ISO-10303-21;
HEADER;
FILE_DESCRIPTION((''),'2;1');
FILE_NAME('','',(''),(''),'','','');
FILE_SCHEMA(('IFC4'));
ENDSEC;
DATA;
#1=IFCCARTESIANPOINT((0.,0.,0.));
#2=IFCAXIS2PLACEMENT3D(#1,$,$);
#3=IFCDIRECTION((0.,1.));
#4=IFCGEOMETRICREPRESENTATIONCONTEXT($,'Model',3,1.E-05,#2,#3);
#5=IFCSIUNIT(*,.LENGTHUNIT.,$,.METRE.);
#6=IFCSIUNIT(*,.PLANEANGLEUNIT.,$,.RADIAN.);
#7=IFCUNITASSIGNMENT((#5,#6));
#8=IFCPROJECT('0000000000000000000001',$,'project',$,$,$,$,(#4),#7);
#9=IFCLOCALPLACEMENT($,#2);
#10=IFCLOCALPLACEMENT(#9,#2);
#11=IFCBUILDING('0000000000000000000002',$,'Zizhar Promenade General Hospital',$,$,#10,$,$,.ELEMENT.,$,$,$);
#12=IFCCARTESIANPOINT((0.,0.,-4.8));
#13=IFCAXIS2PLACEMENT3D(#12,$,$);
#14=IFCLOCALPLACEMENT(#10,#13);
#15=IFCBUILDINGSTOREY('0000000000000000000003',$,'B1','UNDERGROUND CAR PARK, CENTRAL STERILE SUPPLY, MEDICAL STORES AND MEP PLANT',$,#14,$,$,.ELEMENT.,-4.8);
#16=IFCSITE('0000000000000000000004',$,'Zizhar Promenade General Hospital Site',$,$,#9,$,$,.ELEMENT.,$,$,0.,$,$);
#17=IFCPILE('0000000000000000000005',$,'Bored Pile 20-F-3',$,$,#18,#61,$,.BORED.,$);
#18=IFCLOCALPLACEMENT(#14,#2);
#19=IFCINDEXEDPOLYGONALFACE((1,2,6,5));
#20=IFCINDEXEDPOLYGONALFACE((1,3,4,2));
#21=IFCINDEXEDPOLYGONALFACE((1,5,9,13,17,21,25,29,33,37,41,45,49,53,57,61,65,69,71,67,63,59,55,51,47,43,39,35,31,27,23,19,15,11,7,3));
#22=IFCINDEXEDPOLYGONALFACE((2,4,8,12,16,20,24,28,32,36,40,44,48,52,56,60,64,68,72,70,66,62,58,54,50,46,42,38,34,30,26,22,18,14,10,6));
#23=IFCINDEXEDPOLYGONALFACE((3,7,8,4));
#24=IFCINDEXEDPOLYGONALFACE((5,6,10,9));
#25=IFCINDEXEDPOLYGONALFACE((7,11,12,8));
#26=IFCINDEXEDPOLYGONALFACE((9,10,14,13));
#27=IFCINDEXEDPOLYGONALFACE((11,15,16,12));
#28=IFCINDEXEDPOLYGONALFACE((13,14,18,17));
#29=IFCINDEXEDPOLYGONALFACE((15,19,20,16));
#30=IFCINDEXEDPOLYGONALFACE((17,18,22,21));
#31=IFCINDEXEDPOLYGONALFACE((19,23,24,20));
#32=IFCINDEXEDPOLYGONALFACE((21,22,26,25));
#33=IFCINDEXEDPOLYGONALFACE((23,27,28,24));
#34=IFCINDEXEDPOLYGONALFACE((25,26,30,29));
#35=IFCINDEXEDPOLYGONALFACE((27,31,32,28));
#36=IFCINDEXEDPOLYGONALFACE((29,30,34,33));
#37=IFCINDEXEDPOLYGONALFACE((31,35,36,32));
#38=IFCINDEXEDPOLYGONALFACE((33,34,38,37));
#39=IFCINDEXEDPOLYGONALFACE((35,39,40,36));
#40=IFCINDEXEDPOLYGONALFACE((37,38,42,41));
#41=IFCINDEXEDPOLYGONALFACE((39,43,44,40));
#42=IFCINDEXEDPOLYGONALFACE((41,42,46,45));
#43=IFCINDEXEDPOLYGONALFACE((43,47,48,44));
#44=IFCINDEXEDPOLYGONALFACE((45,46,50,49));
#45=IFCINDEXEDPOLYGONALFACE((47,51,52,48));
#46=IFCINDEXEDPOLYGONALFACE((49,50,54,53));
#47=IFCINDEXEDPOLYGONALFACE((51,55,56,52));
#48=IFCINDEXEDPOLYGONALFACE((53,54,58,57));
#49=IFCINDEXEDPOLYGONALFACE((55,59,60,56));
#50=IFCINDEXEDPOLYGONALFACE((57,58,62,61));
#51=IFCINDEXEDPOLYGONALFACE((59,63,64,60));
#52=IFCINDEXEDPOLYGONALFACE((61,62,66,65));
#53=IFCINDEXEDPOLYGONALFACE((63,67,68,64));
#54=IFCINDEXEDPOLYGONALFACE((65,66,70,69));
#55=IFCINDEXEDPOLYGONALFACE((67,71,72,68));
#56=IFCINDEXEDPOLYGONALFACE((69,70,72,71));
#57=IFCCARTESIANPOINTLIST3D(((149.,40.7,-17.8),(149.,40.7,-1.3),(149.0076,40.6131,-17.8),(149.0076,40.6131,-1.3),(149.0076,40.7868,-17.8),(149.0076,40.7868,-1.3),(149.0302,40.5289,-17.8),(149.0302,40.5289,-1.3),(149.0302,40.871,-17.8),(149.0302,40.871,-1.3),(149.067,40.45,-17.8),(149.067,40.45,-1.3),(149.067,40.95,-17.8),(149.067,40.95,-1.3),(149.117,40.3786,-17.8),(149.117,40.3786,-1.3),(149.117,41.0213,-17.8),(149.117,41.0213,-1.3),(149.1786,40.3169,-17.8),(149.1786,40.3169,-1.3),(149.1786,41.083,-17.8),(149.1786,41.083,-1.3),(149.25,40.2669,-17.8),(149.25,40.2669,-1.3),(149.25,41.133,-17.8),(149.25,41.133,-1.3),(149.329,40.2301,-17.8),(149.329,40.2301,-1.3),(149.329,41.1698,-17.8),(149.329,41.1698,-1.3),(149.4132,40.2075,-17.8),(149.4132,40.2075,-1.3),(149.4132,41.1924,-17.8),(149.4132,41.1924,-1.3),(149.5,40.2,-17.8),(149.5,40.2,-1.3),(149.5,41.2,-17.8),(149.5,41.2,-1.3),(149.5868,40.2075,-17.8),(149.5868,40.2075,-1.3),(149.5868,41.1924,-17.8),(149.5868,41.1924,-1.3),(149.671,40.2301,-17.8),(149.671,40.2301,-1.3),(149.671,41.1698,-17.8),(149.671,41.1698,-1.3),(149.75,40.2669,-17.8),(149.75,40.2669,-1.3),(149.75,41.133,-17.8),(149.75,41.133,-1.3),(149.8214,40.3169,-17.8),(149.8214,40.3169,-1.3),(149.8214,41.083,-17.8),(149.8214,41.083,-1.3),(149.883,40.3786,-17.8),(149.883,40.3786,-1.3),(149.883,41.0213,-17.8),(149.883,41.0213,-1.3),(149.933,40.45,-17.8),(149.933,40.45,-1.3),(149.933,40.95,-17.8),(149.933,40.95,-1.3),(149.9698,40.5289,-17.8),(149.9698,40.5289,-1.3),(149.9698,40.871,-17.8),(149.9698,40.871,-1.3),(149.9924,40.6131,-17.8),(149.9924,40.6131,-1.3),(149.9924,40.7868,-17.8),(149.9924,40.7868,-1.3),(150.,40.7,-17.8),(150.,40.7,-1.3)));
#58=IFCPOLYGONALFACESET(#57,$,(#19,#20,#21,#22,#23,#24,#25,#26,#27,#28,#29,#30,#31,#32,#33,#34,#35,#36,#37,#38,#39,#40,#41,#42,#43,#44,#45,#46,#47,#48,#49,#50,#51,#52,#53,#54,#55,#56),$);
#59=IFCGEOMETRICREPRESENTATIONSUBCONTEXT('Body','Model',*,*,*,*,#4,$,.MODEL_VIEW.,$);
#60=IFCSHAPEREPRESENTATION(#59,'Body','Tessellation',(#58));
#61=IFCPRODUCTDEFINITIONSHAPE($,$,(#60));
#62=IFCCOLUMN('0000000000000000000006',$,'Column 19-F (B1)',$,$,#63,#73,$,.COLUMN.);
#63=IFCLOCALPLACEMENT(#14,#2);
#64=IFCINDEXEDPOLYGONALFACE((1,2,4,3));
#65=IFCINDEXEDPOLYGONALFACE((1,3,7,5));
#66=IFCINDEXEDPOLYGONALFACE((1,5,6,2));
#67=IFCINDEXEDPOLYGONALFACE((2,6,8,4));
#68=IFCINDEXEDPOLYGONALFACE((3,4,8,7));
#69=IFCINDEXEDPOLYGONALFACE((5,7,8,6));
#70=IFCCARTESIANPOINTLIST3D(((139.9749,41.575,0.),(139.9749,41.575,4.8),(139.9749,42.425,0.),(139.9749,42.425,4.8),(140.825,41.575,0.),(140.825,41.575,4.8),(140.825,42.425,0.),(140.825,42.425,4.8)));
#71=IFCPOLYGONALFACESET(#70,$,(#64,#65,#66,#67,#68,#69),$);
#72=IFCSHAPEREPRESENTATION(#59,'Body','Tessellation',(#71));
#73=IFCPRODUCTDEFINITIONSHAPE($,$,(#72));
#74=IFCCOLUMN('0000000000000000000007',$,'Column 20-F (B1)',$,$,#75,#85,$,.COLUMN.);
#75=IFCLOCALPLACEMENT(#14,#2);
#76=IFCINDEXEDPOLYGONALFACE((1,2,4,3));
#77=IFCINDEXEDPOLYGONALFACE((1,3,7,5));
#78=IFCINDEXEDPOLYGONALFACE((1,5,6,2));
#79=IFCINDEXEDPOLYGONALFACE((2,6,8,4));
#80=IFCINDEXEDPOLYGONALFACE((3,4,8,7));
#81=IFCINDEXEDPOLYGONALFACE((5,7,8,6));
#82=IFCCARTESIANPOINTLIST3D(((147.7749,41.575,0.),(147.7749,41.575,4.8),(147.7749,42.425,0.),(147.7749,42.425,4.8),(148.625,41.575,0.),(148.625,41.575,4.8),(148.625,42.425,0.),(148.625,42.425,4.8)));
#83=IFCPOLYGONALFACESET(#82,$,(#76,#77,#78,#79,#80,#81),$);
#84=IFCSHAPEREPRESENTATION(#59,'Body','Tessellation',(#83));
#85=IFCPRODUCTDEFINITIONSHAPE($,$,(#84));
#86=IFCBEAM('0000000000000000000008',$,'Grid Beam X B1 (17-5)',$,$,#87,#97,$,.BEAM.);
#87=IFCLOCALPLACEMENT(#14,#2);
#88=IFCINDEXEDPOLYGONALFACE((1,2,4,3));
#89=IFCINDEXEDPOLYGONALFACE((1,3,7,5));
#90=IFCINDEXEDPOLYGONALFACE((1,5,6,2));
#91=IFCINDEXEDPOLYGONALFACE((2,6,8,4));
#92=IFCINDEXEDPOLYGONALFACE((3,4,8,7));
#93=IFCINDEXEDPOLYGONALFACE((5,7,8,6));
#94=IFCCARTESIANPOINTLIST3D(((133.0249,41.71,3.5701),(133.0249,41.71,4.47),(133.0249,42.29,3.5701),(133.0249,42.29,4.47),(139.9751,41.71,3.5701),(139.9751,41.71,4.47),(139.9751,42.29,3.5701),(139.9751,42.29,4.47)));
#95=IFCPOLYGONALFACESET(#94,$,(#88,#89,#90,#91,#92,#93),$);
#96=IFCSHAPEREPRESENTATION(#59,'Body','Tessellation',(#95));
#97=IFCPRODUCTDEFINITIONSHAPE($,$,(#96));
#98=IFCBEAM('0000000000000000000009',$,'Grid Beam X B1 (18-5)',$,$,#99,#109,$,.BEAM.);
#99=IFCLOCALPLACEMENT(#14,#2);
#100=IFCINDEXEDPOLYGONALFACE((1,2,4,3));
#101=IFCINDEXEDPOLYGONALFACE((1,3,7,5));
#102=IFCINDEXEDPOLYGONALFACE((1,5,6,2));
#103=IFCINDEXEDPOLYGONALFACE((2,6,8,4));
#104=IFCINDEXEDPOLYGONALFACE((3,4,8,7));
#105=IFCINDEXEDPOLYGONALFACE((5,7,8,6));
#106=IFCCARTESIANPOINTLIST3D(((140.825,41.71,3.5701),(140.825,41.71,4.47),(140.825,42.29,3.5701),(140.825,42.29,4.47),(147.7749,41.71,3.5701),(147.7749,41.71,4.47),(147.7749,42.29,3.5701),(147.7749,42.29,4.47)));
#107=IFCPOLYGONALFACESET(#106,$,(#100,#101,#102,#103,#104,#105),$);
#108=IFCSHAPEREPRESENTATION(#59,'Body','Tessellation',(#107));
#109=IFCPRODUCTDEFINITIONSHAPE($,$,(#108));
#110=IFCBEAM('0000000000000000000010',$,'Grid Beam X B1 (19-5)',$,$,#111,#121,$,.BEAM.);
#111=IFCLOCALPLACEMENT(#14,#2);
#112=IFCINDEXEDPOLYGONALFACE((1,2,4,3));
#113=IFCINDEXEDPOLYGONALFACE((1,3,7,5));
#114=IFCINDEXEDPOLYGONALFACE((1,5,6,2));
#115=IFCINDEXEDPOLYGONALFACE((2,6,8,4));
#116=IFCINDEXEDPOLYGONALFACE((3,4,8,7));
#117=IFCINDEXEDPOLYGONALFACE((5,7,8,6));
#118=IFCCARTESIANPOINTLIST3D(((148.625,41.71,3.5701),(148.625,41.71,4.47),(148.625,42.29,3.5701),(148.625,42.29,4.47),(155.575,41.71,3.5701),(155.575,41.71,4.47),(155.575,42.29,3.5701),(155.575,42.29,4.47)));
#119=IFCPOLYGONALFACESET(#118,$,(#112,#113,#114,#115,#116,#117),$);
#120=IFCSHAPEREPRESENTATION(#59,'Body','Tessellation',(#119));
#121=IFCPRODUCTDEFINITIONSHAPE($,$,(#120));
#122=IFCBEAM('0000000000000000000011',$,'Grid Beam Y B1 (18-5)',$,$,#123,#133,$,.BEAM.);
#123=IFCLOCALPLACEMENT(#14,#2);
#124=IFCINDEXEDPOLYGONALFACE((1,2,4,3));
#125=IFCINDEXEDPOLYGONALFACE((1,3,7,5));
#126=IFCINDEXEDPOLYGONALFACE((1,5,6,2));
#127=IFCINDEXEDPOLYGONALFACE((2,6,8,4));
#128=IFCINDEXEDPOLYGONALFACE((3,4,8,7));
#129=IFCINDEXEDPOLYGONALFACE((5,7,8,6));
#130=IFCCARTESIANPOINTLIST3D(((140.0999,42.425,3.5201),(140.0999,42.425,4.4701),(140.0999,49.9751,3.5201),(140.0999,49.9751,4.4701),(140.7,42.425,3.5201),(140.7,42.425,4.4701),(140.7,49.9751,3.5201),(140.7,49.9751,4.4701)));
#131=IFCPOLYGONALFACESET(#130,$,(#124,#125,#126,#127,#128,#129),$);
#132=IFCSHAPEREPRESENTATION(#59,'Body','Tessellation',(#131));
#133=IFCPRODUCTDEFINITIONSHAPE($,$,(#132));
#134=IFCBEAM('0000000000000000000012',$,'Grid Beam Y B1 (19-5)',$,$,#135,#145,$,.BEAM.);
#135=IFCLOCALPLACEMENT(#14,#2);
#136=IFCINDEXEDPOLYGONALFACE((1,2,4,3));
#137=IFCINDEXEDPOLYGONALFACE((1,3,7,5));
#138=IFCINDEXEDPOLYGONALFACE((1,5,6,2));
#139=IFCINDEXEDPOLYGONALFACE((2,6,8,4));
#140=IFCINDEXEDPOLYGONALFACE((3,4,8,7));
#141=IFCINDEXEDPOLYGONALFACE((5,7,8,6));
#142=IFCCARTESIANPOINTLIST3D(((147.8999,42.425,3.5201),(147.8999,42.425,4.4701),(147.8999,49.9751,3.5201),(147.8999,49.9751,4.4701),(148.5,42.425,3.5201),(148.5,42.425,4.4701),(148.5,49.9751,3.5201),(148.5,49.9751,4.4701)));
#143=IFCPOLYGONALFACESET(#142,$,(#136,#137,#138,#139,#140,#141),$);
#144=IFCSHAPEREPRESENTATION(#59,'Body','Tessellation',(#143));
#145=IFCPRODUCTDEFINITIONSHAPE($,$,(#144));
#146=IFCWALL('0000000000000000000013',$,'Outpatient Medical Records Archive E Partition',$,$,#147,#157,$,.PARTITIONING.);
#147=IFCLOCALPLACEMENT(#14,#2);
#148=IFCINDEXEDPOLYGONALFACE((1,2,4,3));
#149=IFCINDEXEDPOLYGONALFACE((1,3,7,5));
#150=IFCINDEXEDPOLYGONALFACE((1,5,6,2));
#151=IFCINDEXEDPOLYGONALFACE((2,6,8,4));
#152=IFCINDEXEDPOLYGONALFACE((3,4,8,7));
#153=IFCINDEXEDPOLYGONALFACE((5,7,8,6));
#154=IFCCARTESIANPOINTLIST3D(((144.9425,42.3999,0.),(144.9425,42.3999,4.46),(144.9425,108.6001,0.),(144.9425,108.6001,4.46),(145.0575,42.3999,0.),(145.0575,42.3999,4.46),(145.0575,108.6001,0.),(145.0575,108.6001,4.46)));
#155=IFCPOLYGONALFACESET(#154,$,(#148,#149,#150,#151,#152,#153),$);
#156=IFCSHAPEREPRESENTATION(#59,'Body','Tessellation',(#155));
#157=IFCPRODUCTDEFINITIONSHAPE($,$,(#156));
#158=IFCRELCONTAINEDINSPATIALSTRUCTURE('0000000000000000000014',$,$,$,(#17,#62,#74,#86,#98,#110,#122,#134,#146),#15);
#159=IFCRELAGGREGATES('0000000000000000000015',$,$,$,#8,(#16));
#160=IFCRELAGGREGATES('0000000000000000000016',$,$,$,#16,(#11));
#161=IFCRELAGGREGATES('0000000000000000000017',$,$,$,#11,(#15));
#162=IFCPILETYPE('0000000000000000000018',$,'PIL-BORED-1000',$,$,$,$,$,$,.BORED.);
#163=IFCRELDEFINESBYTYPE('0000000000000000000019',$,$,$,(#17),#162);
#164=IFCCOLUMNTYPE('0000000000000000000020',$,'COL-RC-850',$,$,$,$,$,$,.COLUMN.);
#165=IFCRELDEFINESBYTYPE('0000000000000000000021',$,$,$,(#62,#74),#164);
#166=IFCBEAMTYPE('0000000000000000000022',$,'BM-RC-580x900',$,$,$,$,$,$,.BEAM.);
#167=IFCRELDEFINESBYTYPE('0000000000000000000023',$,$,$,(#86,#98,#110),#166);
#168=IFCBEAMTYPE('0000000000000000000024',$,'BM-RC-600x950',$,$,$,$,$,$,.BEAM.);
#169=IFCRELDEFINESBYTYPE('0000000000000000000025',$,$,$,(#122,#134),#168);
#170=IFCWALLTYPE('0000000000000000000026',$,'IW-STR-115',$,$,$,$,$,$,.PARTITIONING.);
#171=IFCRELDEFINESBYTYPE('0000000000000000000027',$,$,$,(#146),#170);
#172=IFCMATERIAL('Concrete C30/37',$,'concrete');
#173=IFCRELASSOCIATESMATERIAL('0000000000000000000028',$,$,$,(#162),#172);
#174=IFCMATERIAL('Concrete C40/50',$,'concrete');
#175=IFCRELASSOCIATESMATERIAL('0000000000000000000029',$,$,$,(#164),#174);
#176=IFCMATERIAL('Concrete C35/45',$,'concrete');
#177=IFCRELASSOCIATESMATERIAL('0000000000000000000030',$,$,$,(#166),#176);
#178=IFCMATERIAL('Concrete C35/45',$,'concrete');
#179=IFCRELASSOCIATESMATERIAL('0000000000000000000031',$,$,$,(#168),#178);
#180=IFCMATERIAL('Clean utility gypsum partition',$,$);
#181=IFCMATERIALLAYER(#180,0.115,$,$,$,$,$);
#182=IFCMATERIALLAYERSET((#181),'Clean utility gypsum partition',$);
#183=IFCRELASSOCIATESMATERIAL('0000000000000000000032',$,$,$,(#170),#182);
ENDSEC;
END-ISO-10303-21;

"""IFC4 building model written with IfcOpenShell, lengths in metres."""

from ifc_helpers import new_model, si_unit, direction, frame, frame_2d, origin, origin_2d, place, context, subcontext, project, spatial, rectangle, circle, extrude, material, layer, layer_set, material_profile, profile_set, type_object, element, save


model = new_model("IFC4")

# Units and contexts
model_context = context("Model", 3, precision=1e-05, world=origin(), true_north=direction((0.0, 1.0)))
body_context = subcontext(model_context, "Body", "Model", "MODEL_VIEW")
ifc_project = project(units=[si_unit("LENGTHUNIT", "METRE"), si_unit("PLANEANGLEUNIT", "RADIAN")], contexts=[model_context])

# Site, building, storey
site_placement = place(None, origin())
site = spatial("IfcSite", under=ifc_project, at=site_placement, Name="Zizhar Promenade General Hospital Site", CompositionType="ELEMENT", RefElevation=0.0)
building_placement = place(site_placement, origin())
building = spatial("IfcBuilding", under=site, at=building_placement, Name="Zizhar Promenade General Hospital", CompositionType="ELEMENT")
storey_placement = place(building_placement, frame((0.0, 0.0, -4.8)))
storey = spatial("IfcBuildingStorey", under=building, at=storey_placement, Name="B1", Description="UNDERGROUND CAR PARK, CENTRAL STERILE SUPPLY, MEDICAL STORES AND MEP PLANT", CompositionType="ELEMENT", Elevation=-4.8)

# Pile
ifc_material_1 = material(Name="Concrete C30/37", Category="concrete")
ifc_material_profile_1 = material_profile(ifc_material_1, circle(Radius=0.5, at=origin_2d()))
ifc_profile_set_1 = profile_set([ifc_material_profile_1], Name="Concrete C30/37")
pile_type = type_object("IfcPileType", Name="PIL-BORED-1000", PredefinedType="BORED", material=ifc_profile_set_1)
for number, where, z_axis, x_axis, name in (
    (1, (149.5, 40.7, -1.3), (0.0, 0.0, -1.0), (1.0, 0.0, 0.0), "Bored Pile 20-F-3"),
):
    element("IfcPile", number, at=place(storey_placement, frame(where, z_axis=z_axis, x_axis=x_axis)), inside=storey, type_object=pile_type, Name=name, PredefinedType="BORED", context=body_context, shape_type="SweptSolid", body=[
        extrude(circle(Radius=0.5, at=origin_2d()), origin(), (0.0, 0.0, 1.0), 16.5),
    ])

# Columns
ifc_material_2 = material(Name="Concrete C40/50", Category="concrete")
ifc_material_profile_2 = material_profile(ifc_material_2, rectangle(XDim=0.8501, YDim=0.8501, at=origin_2d()))
ifc_profile_set_2 = profile_set([ifc_material_profile_2], Name="Concrete C40/50")
column_type = type_object("IfcColumnType", Name="COL-RC-850", PredefinedType="COLUMN", material=ifc_profile_set_2)
for number, where, z_axis, x_axis, name in (
    (2, (140.3999, 42.0, 0.0), (0.0, 0.0, 1.0), (1.0, 0.0, 0.0), "Column 19-F (B1)"),
    (3, (148.2, 42.0, 0.0), (0.0, 0.0, 1.0), (1.0, 0.0, 0.0), "Column 20-F (B1)"),
):
    element("IfcColumn", number, at=place(storey_placement, frame(where, z_axis=z_axis, x_axis=x_axis)), inside=storey, type_object=column_type, Name=name, PredefinedType="COLUMN", context=body_context, shape_type="SweptSolid", body=[
        extrude(rectangle(XDim=0.8501, YDim=0.8501, at=origin_2d()), origin(), (0.0, 0.0, 1.0), 4.8),
    ])

# Beams
ifc_material_3 = material(Name="Concrete C35/45", Category="concrete")
ifc_material_profile_3 = material_profile(ifc_material_3, rectangle(XDim=0.5801, YDim=0.8999, at=origin_2d()))
ifc_profile_set_3 = profile_set([ifc_material_profile_3], Name="Concrete C35/45")
beam_type_1 = type_object("IfcBeamType", Name="BM-RC-580x900", PredefinedType="BEAM", material=ifc_profile_set_3)
beam_placement = place(storey_placement, frame((133.0249, 42.0, 4.02), z_axis=(1.0, 0.0, 0.0), x_axis=(0.0, 1.0, 0.0)))
element("IfcBeam", 4, at=beam_placement, inside=storey, type_object=beam_type_1, Name="Grid Beam X B1 (17-5)", PredefinedType="BEAM", context=body_context, shape_type="SweptSolid", body=[
    extrude(rectangle(XDim=0.5801, YDim=0.8999, at=origin_2d()), origin(), (0.0, 0.0, 1.0), 6.9502),
])
for number, where, z_axis, x_axis, name in (
    (5, (140.825, 42.0, 4.02), (1.0, 0.0, 0.0), (0.0, 1.0, 0.0), "Grid Beam X B1 (18-5)"),
    (6, (148.625, 42.0, 4.02), (1.0, 0.0, 0.0), (0.0, 1.0, 0.0), "Grid Beam X B1 (19-5)"),
):
    element("IfcBeam", number, at=place(storey_placement, frame(where, z_axis=z_axis, x_axis=x_axis)), inside=storey, type_object=beam_type_1, Name=name, PredefinedType="BEAM", context=body_context, shape_type="SweptSolid", body=[
        extrude(rectangle(XDim=0.5801, YDim=0.8999, at=origin_2d()), origin(), (0.0, 0.0, 1.0), 6.95),
    ])
ifc_material_4 = material(Name="Concrete C35/45", Category="concrete")
ifc_material_profile_4 = material_profile(ifc_material_4, rectangle(XDim=0.6001, YDim=0.95, at=origin_2d()))
ifc_profile_set_4 = profile_set([ifc_material_profile_4], Name="Concrete C35/45")
beam_type_2 = type_object("IfcBeamType", Name="BM-RC-600x950", PredefinedType="BEAM", material=ifc_profile_set_4)
for number, where, z_axis, x_axis, name in (
    (7, (140.3999, 42.425, 3.9951), (0.0, 1.0, 0.0), (-1.0, 0.0, 0.0), "Grid Beam Y B1 (18-5)"),
    (8, (148.2, 42.425, 3.9951), (0.0, 1.0, 0.0), (-1.0, 0.0, 0.0), "Grid Beam Y B1 (19-5)"),
):
    element("IfcBeam", number, at=place(storey_placement, frame(where, z_axis=z_axis, x_axis=x_axis)), inside=storey, type_object=beam_type_2, Name=name, PredefinedType="BEAM", context=body_context, shape_type="SweptSolid", body=[
        extrude(rectangle(XDim=0.6001, YDim=0.95, at=origin_2d()), origin(), (0.0, 0.0, 1.0), 7.55),
    ])

# Wall
ifc_material_5 = material(Name="Clean utility gypsum partition")
ifc_layer = layer(ifc_material_5, 0.115)
ifc_layer_set = layer_set([ifc_layer], Name="Clean utility gypsum partition")
wall_type = type_object("IfcWallType", Name="IW-STR-115", PredefinedType="PARTITIONING", material=ifc_layer_set)
wall_placement = place(storey_placement, frame((145.0, 42.3999, 0.0), z_axis=(0.0, 0.0, 1.0), x_axis=(0.0, 1.0, 0.0)))
element("IfcWall", 9, at=wall_placement, inside=storey, type_object=wall_type, Name="Outpatient Medical Records Archive E Partition", PredefinedType="PARTITIONING", context=body_context, shape_type="SweptSolid", body=[
    extrude(rectangle(XDim=66.2002, YDim=0.115, at=frame_2d((33.1001, 0.0))), origin(), (0.0, 0.0, 1.0), 4.46),
])

save(model, "model.ifc")
